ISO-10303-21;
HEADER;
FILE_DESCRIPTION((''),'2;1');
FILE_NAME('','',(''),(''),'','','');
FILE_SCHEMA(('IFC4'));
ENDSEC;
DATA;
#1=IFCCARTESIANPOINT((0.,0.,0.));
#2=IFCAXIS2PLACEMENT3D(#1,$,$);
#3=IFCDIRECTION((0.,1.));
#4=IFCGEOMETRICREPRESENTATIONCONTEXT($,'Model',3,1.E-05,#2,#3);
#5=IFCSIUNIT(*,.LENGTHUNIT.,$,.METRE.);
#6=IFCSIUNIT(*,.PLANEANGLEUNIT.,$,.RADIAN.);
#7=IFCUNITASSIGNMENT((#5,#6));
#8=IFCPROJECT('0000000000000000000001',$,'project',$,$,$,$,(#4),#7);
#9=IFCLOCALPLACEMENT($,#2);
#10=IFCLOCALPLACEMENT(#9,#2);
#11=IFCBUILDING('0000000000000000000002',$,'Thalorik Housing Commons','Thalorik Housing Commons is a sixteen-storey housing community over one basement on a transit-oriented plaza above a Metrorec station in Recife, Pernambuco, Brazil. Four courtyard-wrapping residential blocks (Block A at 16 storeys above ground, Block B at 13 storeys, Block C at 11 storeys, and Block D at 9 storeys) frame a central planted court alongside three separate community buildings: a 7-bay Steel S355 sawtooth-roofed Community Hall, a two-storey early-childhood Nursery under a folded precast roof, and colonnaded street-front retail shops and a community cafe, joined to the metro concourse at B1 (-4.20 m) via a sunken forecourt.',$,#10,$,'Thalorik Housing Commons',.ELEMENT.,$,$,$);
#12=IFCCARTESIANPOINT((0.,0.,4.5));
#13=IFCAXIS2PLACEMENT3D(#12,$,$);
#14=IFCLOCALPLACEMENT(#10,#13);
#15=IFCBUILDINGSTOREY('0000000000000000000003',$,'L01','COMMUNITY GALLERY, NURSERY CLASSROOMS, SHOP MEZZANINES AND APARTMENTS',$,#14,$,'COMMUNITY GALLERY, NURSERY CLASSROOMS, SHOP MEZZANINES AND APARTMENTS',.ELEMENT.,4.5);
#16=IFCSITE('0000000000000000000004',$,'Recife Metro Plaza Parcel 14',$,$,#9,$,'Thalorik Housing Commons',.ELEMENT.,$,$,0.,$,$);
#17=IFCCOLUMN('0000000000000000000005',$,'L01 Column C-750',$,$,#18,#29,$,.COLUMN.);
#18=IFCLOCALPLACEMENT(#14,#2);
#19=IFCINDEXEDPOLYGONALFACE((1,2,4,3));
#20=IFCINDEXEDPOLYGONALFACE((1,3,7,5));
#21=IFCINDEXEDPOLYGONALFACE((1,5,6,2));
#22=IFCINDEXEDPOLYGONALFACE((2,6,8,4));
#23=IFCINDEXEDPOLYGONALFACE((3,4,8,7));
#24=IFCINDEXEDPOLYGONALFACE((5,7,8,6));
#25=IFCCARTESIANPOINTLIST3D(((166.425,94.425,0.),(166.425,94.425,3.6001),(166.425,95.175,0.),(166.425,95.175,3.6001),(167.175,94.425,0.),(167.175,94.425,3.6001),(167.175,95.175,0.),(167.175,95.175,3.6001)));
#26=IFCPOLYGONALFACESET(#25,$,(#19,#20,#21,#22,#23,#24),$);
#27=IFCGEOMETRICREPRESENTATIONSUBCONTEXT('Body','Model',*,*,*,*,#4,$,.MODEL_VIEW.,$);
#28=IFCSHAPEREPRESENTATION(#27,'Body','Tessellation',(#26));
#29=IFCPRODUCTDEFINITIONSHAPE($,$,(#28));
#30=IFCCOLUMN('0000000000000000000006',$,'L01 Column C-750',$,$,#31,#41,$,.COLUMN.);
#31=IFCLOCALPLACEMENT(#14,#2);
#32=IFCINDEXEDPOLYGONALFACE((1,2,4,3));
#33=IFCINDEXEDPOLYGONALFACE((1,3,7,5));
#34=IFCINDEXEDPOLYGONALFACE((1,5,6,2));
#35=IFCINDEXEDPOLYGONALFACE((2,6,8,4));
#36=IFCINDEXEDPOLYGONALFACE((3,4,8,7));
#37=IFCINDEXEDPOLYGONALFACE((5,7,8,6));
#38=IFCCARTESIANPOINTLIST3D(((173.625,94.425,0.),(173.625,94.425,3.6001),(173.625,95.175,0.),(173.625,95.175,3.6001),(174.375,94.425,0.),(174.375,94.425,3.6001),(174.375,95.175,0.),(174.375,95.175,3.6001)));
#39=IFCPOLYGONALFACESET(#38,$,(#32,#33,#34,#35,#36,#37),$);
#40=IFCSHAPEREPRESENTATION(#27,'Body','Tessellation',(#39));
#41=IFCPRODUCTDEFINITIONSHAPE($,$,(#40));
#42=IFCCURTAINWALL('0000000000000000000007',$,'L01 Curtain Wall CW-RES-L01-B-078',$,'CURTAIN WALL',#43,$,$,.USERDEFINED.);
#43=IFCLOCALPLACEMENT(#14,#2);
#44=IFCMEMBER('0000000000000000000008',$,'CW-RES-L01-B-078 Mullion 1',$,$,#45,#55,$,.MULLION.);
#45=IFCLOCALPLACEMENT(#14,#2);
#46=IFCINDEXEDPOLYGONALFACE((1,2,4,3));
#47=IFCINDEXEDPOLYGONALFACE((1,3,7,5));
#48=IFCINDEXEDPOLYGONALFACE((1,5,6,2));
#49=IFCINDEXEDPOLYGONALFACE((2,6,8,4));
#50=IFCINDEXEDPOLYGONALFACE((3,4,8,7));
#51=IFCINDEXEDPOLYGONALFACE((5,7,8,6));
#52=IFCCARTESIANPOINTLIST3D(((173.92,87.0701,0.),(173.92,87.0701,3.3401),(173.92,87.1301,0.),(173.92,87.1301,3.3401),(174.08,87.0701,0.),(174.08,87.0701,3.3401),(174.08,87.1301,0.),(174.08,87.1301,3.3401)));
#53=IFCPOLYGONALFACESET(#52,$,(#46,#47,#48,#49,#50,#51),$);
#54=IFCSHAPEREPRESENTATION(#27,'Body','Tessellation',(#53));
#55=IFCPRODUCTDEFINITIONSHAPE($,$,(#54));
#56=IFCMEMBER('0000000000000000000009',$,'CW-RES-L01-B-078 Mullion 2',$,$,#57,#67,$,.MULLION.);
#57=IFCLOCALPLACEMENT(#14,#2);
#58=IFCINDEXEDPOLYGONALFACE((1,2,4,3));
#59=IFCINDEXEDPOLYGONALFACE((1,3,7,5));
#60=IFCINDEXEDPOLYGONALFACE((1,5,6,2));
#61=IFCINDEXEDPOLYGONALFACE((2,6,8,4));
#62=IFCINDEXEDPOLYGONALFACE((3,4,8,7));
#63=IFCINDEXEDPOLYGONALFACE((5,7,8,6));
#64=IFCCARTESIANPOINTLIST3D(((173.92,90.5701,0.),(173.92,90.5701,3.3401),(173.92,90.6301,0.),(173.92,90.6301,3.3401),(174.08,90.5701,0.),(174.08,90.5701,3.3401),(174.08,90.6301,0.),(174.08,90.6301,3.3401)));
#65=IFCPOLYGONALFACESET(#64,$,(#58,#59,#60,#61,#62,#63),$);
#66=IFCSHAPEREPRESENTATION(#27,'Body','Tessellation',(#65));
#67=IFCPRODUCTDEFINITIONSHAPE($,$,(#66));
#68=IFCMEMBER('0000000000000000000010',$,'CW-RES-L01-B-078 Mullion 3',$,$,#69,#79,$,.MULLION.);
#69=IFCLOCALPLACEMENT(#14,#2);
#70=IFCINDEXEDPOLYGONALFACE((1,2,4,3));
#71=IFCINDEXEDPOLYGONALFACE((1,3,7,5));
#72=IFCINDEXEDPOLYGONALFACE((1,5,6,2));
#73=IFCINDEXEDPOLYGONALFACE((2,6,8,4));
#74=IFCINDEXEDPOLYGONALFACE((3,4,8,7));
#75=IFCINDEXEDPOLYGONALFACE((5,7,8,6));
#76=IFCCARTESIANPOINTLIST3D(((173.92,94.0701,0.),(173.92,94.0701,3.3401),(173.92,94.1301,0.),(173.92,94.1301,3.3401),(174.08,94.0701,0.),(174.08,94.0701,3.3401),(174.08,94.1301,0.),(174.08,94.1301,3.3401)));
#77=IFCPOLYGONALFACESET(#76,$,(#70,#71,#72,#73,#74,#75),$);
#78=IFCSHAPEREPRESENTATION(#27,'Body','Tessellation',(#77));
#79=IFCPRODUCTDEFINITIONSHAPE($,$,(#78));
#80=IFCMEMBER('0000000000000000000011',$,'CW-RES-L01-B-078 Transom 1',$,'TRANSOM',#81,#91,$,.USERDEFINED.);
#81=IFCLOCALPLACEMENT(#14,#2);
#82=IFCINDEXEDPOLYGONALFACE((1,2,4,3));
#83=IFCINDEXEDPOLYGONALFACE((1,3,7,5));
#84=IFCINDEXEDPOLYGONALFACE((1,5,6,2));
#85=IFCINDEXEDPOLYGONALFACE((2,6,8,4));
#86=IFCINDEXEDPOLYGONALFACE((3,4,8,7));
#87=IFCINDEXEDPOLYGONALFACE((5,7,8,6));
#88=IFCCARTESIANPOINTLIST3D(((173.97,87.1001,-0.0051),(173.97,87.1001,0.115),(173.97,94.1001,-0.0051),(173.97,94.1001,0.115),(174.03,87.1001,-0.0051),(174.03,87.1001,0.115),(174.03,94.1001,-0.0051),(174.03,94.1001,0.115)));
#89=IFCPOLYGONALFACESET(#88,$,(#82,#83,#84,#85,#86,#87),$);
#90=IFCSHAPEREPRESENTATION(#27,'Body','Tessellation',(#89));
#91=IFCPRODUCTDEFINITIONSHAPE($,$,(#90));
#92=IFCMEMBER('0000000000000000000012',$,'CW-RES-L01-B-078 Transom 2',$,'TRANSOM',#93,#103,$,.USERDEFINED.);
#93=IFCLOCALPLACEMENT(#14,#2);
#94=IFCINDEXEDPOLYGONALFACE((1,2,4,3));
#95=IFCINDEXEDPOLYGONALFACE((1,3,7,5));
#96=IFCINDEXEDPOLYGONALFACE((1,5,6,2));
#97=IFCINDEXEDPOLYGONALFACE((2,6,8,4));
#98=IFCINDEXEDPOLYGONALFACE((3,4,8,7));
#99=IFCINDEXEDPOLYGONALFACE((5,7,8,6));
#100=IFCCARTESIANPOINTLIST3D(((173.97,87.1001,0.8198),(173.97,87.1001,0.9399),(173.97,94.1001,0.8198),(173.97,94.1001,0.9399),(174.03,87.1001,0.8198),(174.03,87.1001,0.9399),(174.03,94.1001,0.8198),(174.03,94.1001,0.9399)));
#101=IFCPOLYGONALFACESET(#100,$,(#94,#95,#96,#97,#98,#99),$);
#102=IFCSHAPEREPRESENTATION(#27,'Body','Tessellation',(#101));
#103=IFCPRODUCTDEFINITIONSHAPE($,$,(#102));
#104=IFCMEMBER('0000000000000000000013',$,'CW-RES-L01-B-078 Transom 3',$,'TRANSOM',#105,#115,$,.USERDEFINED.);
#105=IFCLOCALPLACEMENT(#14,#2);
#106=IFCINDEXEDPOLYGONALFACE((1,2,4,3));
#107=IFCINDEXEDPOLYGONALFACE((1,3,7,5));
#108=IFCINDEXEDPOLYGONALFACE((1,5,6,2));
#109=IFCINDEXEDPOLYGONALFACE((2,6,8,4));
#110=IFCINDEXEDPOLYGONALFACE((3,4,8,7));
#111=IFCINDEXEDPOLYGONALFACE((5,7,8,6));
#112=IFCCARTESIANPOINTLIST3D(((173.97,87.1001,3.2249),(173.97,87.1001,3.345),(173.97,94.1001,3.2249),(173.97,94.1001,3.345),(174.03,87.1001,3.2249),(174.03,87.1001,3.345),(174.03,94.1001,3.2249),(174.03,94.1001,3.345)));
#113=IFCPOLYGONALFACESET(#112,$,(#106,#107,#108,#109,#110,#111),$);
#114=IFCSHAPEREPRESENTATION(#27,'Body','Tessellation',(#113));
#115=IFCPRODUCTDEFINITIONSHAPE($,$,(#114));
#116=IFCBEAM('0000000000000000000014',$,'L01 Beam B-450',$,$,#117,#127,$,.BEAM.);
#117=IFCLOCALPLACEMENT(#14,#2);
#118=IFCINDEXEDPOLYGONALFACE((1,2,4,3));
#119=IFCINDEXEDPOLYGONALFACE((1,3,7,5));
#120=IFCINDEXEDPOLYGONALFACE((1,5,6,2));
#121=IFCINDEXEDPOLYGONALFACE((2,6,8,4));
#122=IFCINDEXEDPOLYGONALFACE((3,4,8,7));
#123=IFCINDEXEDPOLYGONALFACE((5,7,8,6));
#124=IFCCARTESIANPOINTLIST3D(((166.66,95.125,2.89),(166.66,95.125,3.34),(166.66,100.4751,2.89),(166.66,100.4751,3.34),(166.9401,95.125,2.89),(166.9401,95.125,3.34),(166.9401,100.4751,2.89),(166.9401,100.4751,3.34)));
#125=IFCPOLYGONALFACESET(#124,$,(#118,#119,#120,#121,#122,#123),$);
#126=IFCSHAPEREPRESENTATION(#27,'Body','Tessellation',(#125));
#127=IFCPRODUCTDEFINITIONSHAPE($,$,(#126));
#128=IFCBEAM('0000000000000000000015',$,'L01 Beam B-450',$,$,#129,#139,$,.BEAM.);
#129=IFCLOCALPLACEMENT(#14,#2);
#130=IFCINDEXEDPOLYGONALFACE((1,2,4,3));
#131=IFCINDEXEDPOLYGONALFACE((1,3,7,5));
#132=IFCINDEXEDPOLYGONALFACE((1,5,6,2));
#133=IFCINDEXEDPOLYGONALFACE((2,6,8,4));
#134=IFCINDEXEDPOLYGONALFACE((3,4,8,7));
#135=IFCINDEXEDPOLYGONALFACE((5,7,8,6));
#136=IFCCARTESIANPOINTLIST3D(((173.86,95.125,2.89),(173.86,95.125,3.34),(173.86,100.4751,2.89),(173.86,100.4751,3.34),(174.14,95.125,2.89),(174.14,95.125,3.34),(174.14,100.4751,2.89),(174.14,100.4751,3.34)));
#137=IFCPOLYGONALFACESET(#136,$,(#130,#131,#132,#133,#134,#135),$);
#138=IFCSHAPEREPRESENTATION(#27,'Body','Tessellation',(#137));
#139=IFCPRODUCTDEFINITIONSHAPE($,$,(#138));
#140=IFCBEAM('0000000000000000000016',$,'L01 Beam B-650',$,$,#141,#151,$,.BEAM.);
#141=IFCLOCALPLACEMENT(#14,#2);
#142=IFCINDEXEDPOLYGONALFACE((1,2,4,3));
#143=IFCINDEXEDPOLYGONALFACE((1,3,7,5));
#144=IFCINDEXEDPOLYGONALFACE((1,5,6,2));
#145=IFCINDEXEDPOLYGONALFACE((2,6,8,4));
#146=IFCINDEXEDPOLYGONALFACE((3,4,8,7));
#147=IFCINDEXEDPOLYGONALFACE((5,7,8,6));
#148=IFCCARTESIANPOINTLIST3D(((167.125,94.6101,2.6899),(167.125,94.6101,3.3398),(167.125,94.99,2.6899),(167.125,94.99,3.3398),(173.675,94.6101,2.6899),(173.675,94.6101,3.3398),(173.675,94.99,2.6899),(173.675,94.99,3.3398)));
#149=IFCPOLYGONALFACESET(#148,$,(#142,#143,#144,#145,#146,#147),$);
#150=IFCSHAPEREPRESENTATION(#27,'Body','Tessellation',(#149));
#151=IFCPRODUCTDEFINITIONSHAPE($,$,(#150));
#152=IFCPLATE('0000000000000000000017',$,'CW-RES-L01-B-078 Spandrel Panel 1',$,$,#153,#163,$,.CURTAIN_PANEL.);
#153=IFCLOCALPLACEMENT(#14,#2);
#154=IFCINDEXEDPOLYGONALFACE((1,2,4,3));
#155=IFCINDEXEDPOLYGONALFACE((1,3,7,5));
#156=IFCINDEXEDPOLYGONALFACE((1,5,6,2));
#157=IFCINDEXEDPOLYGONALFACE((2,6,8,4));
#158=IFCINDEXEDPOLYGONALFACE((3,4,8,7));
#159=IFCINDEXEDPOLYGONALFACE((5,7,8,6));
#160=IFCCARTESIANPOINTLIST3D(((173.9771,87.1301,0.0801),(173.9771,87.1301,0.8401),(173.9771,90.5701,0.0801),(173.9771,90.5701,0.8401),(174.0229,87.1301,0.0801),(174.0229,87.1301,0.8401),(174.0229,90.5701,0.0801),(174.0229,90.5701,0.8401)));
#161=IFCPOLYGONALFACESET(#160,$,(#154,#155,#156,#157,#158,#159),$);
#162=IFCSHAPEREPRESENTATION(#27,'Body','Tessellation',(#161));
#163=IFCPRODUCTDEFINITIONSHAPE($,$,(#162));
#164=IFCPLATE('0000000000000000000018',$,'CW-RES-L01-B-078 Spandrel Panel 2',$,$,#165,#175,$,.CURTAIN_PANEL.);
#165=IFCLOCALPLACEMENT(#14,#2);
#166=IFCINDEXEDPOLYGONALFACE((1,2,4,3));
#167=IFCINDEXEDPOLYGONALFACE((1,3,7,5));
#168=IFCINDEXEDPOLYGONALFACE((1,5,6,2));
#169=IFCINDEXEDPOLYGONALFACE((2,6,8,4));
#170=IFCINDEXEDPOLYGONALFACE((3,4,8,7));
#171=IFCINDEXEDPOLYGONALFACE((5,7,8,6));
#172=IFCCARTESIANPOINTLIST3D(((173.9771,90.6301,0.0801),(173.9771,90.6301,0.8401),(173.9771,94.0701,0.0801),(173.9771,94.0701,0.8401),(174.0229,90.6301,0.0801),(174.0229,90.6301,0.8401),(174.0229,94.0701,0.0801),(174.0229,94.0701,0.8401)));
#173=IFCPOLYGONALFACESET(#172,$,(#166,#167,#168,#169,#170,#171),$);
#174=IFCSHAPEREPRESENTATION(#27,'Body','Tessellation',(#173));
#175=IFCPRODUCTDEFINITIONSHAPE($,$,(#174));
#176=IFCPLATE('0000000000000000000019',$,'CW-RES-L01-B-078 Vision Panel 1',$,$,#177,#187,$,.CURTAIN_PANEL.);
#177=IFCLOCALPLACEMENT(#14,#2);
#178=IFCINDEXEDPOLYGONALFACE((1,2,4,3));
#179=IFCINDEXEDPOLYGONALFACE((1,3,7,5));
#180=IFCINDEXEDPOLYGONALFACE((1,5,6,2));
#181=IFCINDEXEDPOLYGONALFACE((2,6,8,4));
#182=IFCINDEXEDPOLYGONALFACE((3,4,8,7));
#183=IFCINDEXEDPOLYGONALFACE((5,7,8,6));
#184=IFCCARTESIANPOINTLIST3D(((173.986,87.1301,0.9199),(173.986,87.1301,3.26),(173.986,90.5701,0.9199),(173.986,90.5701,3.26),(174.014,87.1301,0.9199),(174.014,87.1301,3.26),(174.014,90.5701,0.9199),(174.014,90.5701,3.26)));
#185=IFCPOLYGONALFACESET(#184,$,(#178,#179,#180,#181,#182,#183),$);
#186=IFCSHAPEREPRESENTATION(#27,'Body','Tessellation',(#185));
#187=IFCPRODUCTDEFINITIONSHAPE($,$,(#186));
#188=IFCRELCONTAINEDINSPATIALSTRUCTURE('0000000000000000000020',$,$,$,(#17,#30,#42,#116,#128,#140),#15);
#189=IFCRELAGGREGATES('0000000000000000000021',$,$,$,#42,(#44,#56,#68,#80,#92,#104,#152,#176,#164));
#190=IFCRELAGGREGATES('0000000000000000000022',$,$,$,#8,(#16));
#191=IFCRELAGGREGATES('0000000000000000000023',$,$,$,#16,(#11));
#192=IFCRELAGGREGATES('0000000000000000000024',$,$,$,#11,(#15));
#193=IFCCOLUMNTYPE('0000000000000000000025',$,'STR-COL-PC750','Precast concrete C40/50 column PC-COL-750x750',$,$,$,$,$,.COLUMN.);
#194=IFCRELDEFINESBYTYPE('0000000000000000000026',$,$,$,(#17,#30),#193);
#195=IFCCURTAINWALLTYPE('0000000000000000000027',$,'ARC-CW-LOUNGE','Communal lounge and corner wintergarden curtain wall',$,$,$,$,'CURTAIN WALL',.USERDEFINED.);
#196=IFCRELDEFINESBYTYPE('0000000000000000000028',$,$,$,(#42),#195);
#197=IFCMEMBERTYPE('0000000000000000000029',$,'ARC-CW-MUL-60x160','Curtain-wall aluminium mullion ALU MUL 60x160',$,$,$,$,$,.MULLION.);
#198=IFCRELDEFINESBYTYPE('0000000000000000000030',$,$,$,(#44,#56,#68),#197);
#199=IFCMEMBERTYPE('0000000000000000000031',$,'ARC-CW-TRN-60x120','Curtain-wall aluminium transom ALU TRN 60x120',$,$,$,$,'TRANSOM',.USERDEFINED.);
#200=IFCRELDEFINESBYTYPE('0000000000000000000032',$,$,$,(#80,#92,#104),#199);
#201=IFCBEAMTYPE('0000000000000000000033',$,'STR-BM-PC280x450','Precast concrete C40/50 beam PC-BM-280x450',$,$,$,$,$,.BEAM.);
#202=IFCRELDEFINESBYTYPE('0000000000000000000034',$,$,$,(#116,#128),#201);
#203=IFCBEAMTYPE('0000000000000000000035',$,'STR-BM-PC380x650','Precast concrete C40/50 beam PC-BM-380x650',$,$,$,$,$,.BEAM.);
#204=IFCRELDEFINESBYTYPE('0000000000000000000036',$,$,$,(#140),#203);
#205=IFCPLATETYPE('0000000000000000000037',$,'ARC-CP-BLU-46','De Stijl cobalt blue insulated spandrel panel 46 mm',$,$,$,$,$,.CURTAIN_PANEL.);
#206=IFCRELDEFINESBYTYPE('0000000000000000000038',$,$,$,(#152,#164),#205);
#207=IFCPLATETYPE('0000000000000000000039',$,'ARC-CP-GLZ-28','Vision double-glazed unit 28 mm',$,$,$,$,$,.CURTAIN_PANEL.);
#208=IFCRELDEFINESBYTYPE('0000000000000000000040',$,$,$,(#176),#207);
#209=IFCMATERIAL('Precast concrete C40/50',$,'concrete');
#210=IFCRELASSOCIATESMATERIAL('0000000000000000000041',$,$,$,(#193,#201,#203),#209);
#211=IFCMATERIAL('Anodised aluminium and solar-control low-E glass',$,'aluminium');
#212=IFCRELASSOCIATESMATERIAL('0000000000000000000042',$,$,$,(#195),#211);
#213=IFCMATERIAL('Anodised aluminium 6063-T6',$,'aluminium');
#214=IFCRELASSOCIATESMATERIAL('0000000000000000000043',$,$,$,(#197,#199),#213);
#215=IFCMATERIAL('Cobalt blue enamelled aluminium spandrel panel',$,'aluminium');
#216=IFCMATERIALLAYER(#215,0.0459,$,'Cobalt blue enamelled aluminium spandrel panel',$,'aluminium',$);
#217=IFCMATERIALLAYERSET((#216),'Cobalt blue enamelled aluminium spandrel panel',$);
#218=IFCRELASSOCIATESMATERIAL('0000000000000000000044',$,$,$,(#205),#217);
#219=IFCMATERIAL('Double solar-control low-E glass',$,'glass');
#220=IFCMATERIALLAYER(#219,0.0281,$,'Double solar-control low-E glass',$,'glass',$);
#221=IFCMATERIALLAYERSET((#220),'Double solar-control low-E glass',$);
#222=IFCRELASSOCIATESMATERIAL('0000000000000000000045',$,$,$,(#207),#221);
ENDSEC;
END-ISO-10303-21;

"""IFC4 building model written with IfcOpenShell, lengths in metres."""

from ifc_helpers import new_model, si_unit, direction, frame, origin, origin_2d, place, context, subcontext, project, spatial, rectangle, extrude, material, layer, layer_set, material_profile, profile_set, type_object, element, aggregate, save


model = new_model("IFC4")

# Units and contexts
model_context = context("Model", 3, precision=1e-05, world=origin(), true_north=direction((0.0, 1.0)))
body_context = subcontext(model_context, "Body", "Model", "MODEL_VIEW")
ifc_project = project(units=[si_unit("LENGTHUNIT", "METRE"), si_unit("PLANEANGLEUNIT", "RADIAN")], contexts=[model_context])

# Site, building, storey
site_placement = place(None, origin())
site = spatial("IfcSite", under=ifc_project, at=site_placement, Name="Recife Metro Plaza Parcel 14", LongName="Thalorik Housing Commons", CompositionType="ELEMENT", RefElevation=0.0)
building_placement = place(site_placement, origin())
building = spatial("IfcBuilding", under=site, at=building_placement, Name="Thalorik Housing Commons", Description="Thalorik Housing Commons is a sixteen-storey housing community over one basement on a transit-oriented plaza above a Metrorec station in Recife, Pernambuco, Brazil. Four courtyard-wrapping residential blocks (Block A at 16 storeys above ground, Block B at 13 storeys, Block C at 11 storeys, and Block D at 9 storeys) frame a central planted court alongside three separate community buildings: a 7-bay Steel S355 sawtooth-roofed Community Hall, a two-storey early-childhood Nursery under a folded precast roof, and colonnaded street-front retail shops and a community cafe, joined to the metro concourse at B1 (-4.20 m) via a sunken forecourt.", LongName="Thalorik Housing Commons", CompositionType="ELEMENT")
storey_placement = place(building_placement, frame((0.0, 0.0, 4.5)))
storey = spatial("IfcBuildingStorey", under=building, at=storey_placement, Name="L01", Description="COMMUNITY GALLERY, NURSERY CLASSROOMS, SHOP MEZZANINES AND APARTMENTS", LongName="COMMUNITY GALLERY, NURSERY CLASSROOMS, SHOP MEZZANINES AND APARTMENTS", CompositionType="ELEMENT", Elevation=4.5)

# Columns
ifc_material_1 = material(Name="Precast concrete C40/50", Category="concrete")
ifc_material_profile_1 = material_profile(ifc_material_1, rectangle(XDim=0.75, YDim=0.75, at=origin_2d()), Name="PC 750x750", Category="concrete")
ifc_profile_set_1 = profile_set([ifc_material_profile_1], Name="Precast concrete C40/50")
column_type = type_object("IfcColumnType", Name="STR-COL-PC750", Description="Precast concrete C40/50 column PC-COL-750x750", PredefinedType="COLUMN", material=ifc_profile_set_1)
for number, where, z_axis, x_axis, name in (
    (1, (166.8, 94.8, 0.0), (0.0, 0.0, 1.0), (1.0, 0.0, 0.0), "L01 Column C-750"),
    (2, (174.0, 94.8, 0.0), (0.0, 0.0, 1.0), (1.0, 0.0, 0.0), "L01 Column C-750"),
):
    element("IfcColumn", number, at=place(storey_placement, frame(where, z_axis=z_axis, x_axis=x_axis)), inside=storey, type_object=column_type, Name=name, PredefinedType="COLUMN", context=body_context, shape_type="SweptSolid", body=[
        extrude(rectangle(XDim=0.75, YDim=0.75, at=origin_2d()), origin(), (0.0, 0.0, 1.0), 3.6001),
    ])

# Curtain wall, members
ifc_material_2 = material(Name="Anodised aluminium and solar-control low-E glass", Category="aluminium")
curtain_wall_type = type_object("IfcCurtainWallType", Name="ARC-CW-LOUNGE", Description="Communal lounge and corner wintergarden curtain wall", ElementType="CURTAIN WALL", PredefinedType="USERDEFINED", material=ifc_material_2)
curtain_wall_placement = place(storey_placement, origin())
curtain_wall = element("IfcCurtainWall", 3, at=curtain_wall_placement, inside=storey, type_object=curtain_wall_type, Name="L01 Curtain Wall CW-RES-L01-B-078", ObjectType="CURTAIN WALL", PredefinedType="USERDEFINED")
ifc_material_3 = material(Name="Anodised aluminium 6063-T6", Category="aluminium")
ifc_material_profile_2 = material_profile(ifc_material_3, rectangle(XDim=0.0601, YDim=0.1599, at=origin_2d()), Name="ALU MUL 60x160", Category="aluminium")
ifc_profile_set_2 = profile_set([ifc_material_profile_2], Name="Anodised aluminium 6063-T6")
member_type_1 = type_object("IfcMemberType", Name="ARC-CW-MUL-60x160", Description="Curtain-wall aluminium mullion ALU MUL 60x160", PredefinedType="MULLION", material=ifc_profile_set_2)
member_1_placement = place(storey_placement, frame((174.0, 87.1001, 0.0), z_axis=(0.0, 0.0, 1.0), x_axis=(0.0, 1.0, 0.0)))
member_1 = element("IfcMember", 4, at=member_1_placement, type_object=member_type_1, Name="CW-RES-L01-B-078 Mullion 1", PredefinedType="MULLION", context=body_context, shape_type="SweptSolid", body=[
    extrude(rectangle(XDim=0.0601, YDim=0.1599, at=origin_2d()), origin(), (0.0, 0.0, 1.0), 3.3401),
])
member_2_placement = place(storey_placement, frame((174.0, 90.6001, 0.0), z_axis=(0.0, 0.0, 1.0), x_axis=(0.0, 1.0, 0.0)))
member_2 = element("IfcMember", 5, at=member_2_placement, type_object=member_type_1, Name="CW-RES-L01-B-078 Mullion 2", PredefinedType="MULLION", context=body_context, shape_type="SweptSolid", body=[
    extrude(rectangle(XDim=0.0601, YDim=0.1599, at=origin_2d()), origin(), (0.0, 0.0, 1.0), 3.3401),
])
member_3_placement = place(storey_placement, frame((174.0, 94.1001, 0.0), z_axis=(0.0, 0.0, 1.0), x_axis=(0.0, 1.0, 0.0)))
member_3 = element("IfcMember", 6, at=member_3_placement, type_object=member_type_1, Name="CW-RES-L01-B-078 Mullion 3", PredefinedType="MULLION", context=body_context, shape_type="SweptSolid", body=[
    extrude(rectangle(XDim=0.0601, YDim=0.1599, at=origin_2d()), origin(), (0.0, 0.0, 1.0), 3.3401),
])
ifc_material_profile_3 = material_profile(ifc_material_3, rectangle(XDim=0.0601, YDim=0.1201, at=origin_2d()), Name="ALU TRN 60x120", Category="aluminium")
ifc_profile_set_3 = profile_set([ifc_material_profile_3], Name="Anodised aluminium 6063-T6")
member_type_2 = type_object("IfcMemberType", Name="ARC-CW-TRN-60x120", Description="Curtain-wall aluminium transom ALU TRN 60x120", ElementType="TRANSOM", PredefinedType="USERDEFINED", material=ifc_profile_set_3)
member_4_placement = place(storey_placement, frame((174.0, 87.1001, 0.0549), z_axis=(0.0, 1.0, 0.0), x_axis=(-1.0, 0.0, 0.0)))
member_4 = element("IfcMember", 7, at=member_4_placement, type_object=member_type_2, Name="CW-RES-L01-B-078 Transom 1", ObjectType="TRANSOM", PredefinedType="USERDEFINED", context=body_context, shape_type="SweptSolid", body=[
    extrude(rectangle(XDim=0.0601, YDim=0.1201, at=origin_2d()), origin(), (0.0, 0.0, 1.0), 7.0),
])
member_5_placement = place(storey_placement, frame((174.0, 87.1001, 0.8799), z_axis=(0.0, 1.0, 0.0), x_axis=(-1.0, 0.0, 0.0)))
member_5 = element("IfcMember", 8, at=member_5_placement, type_object=member_type_2, Name="CW-RES-L01-B-078 Transom 2", ObjectType="TRANSOM", PredefinedType="USERDEFINED", context=body_context, shape_type="SweptSolid", body=[
    extrude(rectangle(XDim=0.0601, YDim=0.1201, at=origin_2d()), origin(), (0.0, 0.0, 1.0), 7.0),
])
member_6_placement = place(storey_placement, frame((174.0, 87.1001, 3.2849), z_axis=(0.0, 1.0, 0.0), x_axis=(-1.0, 0.0, 0.0)))
member_6 = element("IfcMember", 9, at=member_6_placement, type_object=member_type_2, Name="CW-RES-L01-B-078 Transom 3", ObjectType="TRANSOM", PredefinedType="USERDEFINED", context=body_context, shape_type="SweptSolid", body=[
    extrude(rectangle(XDim=0.0601, YDim=0.1201, at=origin_2d()), origin(), (0.0, 0.0, 1.0), 7.0),
])

# Beams
ifc_material_profile_4 = material_profile(ifc_material_1, rectangle(XDim=0.28, YDim=0.45, at=origin_2d()), Name="PC 280x450", Category="concrete")
ifc_profile_set_4 = profile_set([ifc_material_profile_4], Name="Precast concrete C40/50")
beam_type_1 = type_object("IfcBeamType", Name="STR-BM-PC280x450", Description="Precast concrete C40/50 beam PC-BM-280x450", PredefinedType="BEAM", material=ifc_profile_set_4)
for number, where, z_axis, x_axis, name in (
    (10, (166.8, 95.125, 3.115), (0.0, 1.0, 0.0), (-1.0, 0.0, 0.0), "L01 Beam B-450"),
    (11, (174.0, 95.125, 3.115), (0.0, 1.0, 0.0), (-1.0, 0.0, 0.0), "L01 Beam B-450"),
):
    element("IfcBeam", number, at=place(storey_placement, frame(where, z_axis=z_axis, x_axis=x_axis)), inside=storey, type_object=beam_type_1, Name=name, PredefinedType="BEAM", context=body_context, shape_type="SweptSolid", body=[
        extrude(rectangle(XDim=0.28, YDim=0.45, at=origin_2d()), origin(), (0.0, 0.0, 1.0), 5.3501),
    ])
ifc_material_profile_5 = material_profile(ifc_material_1, rectangle(XDim=0.3799, YDim=0.6499, at=origin_2d()), Name="PC 380x650", Category="concrete")
ifc_profile_set_5 = profile_set([ifc_material_profile_5], Name="Precast concrete C40/50")
beam_type_2 = type_object("IfcBeamType", Name="STR-BM-PC380x650", Description="Precast concrete C40/50 beam PC-BM-380x650", PredefinedType="BEAM", material=ifc_profile_set_5)
beam_placement = place(storey_placement, frame((167.125, 94.8, 3.0149), z_axis=(1.0, 0.0, 0.0), x_axis=(0.0, 1.0, 0.0)))
element("IfcBeam", 12, at=beam_placement, inside=storey, type_object=beam_type_2, Name="L01 Beam B-650", PredefinedType="BEAM", context=body_context, shape_type="SweptSolid", body=[
    extrude(rectangle(XDim=0.3799, YDim=0.6499, at=origin_2d()), origin(), (0.0, 0.0, 1.0), 6.55),
])

# Plates
ifc_material_4 = material(Name="Cobalt blue enamelled aluminium spandrel panel", Category="aluminium")
ifc_layer_1 = layer(ifc_material_4, 0.0459, Name="Cobalt blue enamelled aluminium spandrel panel", Category="aluminium")
ifc_layer_set_1 = layer_set([ifc_layer_1], Name="Cobalt blue enamelled aluminium spandrel panel")
plate_type_1 = type_object("IfcPlateType", Name="ARC-CP-BLU-46", Description="De Stijl cobalt blue insulated spandrel panel 46 mm", PredefinedType="CURTAIN_PANEL", material=ifc_layer_set_1)
plate_1_placement = place(storey_placement, frame((174.0, 88.8501, 0.0801), z_axis=(0.0, 0.0, 1.0), x_axis=(0.0, 1.0, 0.0)))
plate_1 = element("IfcPlate", 13, at=plate_1_placement, type_object=plate_type_1, Name="CW-RES-L01-B-078 Spandrel Panel 1", PredefinedType="CURTAIN_PANEL", context=body_context, shape_type="SweptSolid", body=[
    extrude(rectangle(XDim=3.4399, YDim=0.0459, at=origin_2d()), origin(), (0.0, 0.0, 1.0), 0.76),
])
plate_2_placement = place(storey_placement, frame((174.0, 92.3501, 0.0801), z_axis=(0.0, 0.0, 1.0), x_axis=(0.0, 1.0, 0.0)))
plate_2 = element("IfcPlate", 14, at=plate_2_placement, type_object=plate_type_1, Name="CW-RES-L01-B-078 Spandrel Panel 2", PredefinedType="CURTAIN_PANEL", context=body_context, shape_type="SweptSolid", body=[
    extrude(rectangle(XDim=3.4399, YDim=0.0459, at=origin_2d()), origin(), (0.0, 0.0, 1.0), 0.76),
])
ifc_material_5 = material(Name="Double solar-control low-E glass", Category="glass")
ifc_layer_2 = layer(ifc_material_5, 0.0281, Name="Double solar-control low-E glass", Category="glass")
ifc_layer_set_2 = layer_set([ifc_layer_2], Name="Double solar-control low-E glass")
plate_type_2 = type_object("IfcPlateType", Name="ARC-CP-GLZ-28", Description="Vision double-glazed unit 28 mm", PredefinedType="CURTAIN_PANEL", material=ifc_layer_set_2)
plate_3_placement = place(storey_placement, frame((174.0, 88.8501, 0.9199), z_axis=(0.0, 0.0, 1.0), x_axis=(0.0, 1.0, 0.0)))
plate_3 = element("IfcPlate", 15, at=plate_3_placement, type_object=plate_type_2, Name="CW-RES-L01-B-078 Vision Panel 1", PredefinedType="CURTAIN_PANEL", context=body_context, shape_type="SweptSolid", body=[
    extrude(rectangle(XDim=3.4399, YDim=0.0281, at=origin_2d()), origin(), (0.0, 0.0, 1.0), 2.3401),
])
aggregate(curtain_wall, [member_1, member_2, member_3, member_4, member_5, member_6, plate_1, plate_3, plate_2])

save(model, "model.ifc")
